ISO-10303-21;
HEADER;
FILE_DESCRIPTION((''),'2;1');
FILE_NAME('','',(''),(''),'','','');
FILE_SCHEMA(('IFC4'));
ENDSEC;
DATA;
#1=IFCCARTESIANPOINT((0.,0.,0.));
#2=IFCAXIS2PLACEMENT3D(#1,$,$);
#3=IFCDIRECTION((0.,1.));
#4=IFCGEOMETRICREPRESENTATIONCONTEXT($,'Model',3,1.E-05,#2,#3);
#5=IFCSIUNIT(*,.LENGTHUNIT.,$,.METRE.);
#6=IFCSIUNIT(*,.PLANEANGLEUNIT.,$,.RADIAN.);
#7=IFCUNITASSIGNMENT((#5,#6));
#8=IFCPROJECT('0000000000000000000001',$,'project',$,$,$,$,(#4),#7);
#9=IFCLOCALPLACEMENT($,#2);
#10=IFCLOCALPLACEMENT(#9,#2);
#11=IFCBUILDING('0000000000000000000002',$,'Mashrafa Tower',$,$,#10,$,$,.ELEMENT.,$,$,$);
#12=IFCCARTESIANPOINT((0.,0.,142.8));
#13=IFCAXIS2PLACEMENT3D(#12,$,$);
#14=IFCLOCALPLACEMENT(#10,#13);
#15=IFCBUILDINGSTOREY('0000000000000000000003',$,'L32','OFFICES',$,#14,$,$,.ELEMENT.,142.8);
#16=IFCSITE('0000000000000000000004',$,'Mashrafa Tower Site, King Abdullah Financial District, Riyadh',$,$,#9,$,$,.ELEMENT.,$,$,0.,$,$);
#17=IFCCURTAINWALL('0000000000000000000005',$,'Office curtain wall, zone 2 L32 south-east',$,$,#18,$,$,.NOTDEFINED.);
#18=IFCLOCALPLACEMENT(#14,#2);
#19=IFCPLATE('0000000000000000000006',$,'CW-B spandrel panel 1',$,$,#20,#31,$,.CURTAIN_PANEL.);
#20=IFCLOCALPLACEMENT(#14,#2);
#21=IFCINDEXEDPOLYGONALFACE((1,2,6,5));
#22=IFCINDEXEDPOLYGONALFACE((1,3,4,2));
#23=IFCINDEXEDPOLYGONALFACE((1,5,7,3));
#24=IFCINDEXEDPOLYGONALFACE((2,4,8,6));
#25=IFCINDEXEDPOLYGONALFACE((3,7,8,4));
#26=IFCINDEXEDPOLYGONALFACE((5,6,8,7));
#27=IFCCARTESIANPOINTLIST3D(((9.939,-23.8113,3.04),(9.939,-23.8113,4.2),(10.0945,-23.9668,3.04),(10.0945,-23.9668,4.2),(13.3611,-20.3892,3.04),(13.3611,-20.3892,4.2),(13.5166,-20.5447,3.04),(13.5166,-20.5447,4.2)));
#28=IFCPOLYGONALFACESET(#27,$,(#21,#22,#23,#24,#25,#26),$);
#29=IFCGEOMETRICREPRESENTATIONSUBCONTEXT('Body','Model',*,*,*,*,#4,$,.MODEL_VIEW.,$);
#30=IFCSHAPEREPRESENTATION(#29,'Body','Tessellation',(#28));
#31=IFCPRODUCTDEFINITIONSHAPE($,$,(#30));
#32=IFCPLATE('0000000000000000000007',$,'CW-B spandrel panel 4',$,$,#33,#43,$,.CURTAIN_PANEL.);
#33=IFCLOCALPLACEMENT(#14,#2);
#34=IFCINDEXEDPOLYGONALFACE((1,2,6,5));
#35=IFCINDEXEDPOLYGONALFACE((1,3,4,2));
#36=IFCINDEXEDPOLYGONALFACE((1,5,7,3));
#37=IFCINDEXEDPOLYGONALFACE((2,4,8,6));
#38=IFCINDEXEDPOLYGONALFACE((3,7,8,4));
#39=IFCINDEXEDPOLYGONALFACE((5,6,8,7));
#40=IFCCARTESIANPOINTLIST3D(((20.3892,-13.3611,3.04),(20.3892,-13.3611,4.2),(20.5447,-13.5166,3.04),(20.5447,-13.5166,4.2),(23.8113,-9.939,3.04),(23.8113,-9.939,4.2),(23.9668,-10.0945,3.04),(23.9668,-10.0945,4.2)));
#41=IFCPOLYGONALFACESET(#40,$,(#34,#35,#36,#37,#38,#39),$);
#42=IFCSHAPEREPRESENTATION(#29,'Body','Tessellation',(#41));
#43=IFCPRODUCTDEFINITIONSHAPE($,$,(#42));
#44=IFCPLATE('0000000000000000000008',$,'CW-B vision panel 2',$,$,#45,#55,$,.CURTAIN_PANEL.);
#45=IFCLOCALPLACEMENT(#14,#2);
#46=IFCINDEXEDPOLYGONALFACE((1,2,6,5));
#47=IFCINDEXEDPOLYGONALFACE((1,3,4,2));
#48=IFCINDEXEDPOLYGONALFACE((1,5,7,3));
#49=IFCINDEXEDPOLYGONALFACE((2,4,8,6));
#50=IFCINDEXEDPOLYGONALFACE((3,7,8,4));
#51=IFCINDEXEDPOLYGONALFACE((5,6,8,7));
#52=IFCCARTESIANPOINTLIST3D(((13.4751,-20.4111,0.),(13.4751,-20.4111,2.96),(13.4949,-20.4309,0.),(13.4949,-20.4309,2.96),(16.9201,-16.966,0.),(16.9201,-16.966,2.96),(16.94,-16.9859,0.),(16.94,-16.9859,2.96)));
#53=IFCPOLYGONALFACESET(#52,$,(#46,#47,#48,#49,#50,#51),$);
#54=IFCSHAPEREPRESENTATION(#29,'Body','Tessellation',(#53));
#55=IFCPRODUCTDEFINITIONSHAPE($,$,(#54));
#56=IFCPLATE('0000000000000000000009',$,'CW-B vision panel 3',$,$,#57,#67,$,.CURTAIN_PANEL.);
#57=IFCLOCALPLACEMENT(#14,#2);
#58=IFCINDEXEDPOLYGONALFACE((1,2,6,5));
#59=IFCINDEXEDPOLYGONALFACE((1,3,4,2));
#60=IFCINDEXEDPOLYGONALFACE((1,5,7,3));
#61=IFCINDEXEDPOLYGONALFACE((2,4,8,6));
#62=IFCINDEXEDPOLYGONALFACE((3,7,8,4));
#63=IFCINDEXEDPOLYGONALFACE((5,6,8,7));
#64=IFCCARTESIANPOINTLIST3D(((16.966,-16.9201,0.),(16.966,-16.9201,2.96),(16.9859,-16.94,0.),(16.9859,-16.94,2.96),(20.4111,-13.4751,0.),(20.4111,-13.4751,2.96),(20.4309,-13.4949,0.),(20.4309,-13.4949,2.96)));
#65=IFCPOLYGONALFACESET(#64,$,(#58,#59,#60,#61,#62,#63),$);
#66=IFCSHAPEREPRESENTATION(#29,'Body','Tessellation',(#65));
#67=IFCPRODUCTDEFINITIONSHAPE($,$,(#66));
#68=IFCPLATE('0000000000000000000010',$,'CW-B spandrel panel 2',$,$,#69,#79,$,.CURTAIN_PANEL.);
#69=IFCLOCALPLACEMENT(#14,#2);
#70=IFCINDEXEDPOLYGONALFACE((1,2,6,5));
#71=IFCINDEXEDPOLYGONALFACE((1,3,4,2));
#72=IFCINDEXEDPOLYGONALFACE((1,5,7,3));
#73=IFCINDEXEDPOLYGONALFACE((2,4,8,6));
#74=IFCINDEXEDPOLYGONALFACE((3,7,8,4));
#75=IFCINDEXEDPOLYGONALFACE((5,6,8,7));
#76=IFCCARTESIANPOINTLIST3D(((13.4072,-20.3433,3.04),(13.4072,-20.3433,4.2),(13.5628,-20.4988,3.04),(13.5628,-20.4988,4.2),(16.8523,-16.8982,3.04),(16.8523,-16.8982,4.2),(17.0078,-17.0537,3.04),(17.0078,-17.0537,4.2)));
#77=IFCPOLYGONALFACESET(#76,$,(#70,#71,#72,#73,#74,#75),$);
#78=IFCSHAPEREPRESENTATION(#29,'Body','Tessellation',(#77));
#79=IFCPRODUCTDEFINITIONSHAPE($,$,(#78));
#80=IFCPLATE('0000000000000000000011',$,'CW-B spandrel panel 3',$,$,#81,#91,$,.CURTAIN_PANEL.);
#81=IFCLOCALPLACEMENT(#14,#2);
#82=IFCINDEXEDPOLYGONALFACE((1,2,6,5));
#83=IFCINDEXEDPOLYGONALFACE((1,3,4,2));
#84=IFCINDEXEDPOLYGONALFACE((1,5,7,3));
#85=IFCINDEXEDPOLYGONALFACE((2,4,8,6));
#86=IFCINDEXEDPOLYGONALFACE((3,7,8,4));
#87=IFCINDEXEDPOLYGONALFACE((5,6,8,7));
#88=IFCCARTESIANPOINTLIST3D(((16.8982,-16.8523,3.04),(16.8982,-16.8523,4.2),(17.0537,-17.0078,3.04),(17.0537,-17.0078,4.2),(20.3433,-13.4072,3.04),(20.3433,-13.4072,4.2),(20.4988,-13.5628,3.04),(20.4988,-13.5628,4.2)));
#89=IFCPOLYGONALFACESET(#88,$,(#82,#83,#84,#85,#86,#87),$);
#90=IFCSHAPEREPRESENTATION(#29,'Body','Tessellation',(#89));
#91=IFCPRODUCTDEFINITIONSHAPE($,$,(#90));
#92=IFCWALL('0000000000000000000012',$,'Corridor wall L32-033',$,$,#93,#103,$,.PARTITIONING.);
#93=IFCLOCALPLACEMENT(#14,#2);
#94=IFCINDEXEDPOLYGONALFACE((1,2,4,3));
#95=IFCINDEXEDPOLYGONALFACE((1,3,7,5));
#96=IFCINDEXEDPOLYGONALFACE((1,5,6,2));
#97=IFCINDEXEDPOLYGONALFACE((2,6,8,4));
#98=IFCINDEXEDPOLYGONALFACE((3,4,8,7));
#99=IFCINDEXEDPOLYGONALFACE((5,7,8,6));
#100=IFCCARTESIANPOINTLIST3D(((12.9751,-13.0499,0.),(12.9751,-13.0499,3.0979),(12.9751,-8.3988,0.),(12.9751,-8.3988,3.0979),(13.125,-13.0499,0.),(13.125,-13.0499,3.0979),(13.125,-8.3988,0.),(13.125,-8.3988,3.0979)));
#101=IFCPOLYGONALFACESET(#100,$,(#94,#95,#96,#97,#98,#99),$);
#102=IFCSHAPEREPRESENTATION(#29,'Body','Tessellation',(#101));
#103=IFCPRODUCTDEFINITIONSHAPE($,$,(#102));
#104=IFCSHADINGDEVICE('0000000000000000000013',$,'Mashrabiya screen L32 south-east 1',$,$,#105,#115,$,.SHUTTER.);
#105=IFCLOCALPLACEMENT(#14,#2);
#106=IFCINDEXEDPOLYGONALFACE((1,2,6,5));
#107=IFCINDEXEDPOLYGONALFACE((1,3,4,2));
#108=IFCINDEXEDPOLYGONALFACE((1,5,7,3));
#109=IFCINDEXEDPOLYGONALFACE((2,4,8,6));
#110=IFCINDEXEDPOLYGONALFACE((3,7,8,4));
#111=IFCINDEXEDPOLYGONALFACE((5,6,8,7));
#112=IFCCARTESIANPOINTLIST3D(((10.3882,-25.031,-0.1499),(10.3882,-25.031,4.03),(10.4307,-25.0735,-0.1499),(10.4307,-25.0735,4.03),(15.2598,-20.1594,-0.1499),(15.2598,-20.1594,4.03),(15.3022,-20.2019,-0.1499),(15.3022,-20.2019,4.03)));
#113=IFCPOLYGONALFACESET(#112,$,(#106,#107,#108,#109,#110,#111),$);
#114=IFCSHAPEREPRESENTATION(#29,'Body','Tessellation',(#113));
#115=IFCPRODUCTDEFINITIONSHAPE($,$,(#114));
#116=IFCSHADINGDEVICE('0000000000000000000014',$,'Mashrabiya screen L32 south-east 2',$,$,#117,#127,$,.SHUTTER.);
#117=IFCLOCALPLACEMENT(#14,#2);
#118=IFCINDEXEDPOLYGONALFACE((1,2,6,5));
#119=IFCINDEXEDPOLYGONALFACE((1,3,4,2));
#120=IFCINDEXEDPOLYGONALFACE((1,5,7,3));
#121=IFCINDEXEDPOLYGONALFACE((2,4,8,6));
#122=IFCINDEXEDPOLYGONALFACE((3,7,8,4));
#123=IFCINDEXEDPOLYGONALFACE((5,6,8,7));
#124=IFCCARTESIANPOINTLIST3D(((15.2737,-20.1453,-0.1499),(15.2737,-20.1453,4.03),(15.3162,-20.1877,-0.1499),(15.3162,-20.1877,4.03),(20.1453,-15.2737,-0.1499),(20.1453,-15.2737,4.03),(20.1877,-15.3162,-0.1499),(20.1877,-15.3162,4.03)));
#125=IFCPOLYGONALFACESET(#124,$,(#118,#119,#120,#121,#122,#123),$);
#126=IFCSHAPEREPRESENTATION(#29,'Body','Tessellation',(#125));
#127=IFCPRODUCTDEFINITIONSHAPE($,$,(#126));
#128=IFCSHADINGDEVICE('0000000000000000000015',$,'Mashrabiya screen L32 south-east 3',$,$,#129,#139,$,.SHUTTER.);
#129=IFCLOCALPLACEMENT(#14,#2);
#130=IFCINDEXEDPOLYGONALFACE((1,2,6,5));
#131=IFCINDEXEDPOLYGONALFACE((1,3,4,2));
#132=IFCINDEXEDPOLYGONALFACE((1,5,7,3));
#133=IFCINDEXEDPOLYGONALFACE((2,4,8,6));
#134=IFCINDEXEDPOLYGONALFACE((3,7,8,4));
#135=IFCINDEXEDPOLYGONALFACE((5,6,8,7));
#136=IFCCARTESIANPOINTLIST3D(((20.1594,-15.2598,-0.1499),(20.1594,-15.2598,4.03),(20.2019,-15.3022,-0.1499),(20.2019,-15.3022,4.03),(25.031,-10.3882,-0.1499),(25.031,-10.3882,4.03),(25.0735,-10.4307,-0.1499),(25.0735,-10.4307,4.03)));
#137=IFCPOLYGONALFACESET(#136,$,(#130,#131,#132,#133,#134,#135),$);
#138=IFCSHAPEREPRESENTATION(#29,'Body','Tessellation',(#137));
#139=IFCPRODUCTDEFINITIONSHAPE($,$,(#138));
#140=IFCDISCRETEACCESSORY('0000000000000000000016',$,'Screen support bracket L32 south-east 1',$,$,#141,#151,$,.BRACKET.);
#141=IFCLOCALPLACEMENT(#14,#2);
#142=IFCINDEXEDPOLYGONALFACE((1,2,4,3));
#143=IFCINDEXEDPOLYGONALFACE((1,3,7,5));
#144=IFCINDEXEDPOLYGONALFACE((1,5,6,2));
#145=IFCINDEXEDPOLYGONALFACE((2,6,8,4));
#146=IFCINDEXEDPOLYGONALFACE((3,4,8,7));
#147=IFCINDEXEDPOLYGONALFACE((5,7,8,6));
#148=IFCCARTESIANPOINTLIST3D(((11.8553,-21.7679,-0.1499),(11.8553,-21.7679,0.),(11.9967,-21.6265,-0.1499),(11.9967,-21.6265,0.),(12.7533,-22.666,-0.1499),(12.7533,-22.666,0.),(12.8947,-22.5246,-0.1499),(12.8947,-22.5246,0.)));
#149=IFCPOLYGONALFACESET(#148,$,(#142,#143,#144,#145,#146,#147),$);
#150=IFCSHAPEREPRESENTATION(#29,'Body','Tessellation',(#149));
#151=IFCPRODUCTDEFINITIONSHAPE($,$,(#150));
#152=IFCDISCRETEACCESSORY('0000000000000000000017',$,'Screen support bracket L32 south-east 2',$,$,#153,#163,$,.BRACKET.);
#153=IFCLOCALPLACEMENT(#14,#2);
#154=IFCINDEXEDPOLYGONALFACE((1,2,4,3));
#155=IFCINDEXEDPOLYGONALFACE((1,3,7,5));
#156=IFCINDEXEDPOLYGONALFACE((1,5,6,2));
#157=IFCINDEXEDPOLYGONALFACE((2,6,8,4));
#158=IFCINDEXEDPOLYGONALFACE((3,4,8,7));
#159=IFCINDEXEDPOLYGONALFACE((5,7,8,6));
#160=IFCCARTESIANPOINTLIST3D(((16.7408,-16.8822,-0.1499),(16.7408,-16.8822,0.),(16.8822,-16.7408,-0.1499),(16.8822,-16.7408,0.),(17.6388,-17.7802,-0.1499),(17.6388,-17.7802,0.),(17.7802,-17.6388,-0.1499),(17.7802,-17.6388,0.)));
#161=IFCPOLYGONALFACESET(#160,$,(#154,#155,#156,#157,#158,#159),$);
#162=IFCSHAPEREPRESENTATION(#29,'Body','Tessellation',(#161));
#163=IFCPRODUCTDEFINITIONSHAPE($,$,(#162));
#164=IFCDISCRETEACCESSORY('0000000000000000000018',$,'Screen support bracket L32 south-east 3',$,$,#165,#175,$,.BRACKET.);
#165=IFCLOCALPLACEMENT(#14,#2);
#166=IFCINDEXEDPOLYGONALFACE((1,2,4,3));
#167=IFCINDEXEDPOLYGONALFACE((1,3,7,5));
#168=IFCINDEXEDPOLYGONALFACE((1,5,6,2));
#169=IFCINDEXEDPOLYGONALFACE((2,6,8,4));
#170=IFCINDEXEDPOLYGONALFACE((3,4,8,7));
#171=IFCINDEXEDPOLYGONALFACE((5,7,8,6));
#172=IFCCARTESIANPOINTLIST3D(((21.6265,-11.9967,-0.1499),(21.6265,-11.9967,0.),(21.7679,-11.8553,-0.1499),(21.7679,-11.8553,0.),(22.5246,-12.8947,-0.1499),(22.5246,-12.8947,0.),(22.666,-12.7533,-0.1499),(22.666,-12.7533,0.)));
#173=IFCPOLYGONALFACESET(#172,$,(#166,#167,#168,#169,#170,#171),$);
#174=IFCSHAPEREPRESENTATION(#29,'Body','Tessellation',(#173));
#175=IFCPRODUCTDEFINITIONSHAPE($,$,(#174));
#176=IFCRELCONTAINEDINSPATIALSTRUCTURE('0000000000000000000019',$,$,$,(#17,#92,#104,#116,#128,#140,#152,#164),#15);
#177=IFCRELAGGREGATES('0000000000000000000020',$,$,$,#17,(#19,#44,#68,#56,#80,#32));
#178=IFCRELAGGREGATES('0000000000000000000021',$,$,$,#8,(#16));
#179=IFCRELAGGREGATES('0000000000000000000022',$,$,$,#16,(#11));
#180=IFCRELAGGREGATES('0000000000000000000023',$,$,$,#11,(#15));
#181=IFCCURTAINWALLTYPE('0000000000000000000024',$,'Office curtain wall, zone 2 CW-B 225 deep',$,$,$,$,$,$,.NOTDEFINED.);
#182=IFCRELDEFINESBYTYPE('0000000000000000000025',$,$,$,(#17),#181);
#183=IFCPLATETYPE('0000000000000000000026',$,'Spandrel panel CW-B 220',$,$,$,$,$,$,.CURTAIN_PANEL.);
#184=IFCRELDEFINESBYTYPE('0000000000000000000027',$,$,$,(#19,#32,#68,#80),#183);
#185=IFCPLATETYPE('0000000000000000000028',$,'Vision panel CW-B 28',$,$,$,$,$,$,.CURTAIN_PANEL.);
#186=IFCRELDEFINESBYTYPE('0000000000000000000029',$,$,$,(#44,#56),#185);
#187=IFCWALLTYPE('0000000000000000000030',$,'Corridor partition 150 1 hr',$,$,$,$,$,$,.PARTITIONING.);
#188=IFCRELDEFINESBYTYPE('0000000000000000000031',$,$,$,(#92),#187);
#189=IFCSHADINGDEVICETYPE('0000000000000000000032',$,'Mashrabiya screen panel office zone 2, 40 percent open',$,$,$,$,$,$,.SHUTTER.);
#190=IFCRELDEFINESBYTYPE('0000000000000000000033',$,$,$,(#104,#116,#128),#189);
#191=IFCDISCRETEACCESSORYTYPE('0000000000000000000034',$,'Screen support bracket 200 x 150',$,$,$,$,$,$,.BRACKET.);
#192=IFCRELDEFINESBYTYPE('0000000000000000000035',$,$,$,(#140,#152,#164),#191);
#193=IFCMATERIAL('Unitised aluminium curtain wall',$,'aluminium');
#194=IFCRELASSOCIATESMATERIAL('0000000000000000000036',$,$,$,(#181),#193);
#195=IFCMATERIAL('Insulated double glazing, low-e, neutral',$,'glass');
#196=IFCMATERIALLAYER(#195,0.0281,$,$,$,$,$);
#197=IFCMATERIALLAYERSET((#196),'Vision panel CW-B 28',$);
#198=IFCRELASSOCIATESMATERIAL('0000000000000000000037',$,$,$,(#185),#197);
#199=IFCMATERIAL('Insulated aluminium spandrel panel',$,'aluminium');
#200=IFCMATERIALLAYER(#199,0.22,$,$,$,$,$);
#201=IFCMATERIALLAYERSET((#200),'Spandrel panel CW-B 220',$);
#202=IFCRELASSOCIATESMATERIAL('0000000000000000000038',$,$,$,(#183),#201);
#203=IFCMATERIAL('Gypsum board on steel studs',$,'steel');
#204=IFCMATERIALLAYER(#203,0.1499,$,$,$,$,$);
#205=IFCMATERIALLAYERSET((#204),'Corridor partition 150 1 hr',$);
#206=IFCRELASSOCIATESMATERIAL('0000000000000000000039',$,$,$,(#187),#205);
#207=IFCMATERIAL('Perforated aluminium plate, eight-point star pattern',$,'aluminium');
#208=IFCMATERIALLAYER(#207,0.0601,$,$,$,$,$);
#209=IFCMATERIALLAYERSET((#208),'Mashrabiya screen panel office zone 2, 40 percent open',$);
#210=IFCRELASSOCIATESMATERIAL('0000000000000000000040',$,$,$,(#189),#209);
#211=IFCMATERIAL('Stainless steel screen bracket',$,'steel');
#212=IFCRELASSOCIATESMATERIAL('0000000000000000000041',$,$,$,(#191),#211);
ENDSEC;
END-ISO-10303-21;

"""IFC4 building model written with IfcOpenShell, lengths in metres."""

from ifc_helpers import new_model, si_unit, direction, frame, frame_2d, origin, origin_2d, place, context, subcontext, project, spatial, rectangle, extrude, source, transform, mapped, material, layer, layer_set, type_object, type_shapes, element, aggregate, save


model = new_model("IFC4")

# Units and contexts
model_context = context("Model", 3, precision=1e-05, world=origin(), true_north=direction((0.0, 1.0)))
body_context = subcontext(model_context, "Body", "Model", "MODEL_VIEW")
ifc_project = project(units=[si_unit("LENGTHUNIT", "METRE"), si_unit("PLANEANGLEUNIT", "RADIAN")], contexts=[model_context])

# Site, building, storey
site_placement = place(None, origin())
site = spatial("IfcSite", under=ifc_project, at=site_placement, Name="Mashrafa Tower Site, King Abdullah Financial District, Riyadh", CompositionType="ELEMENT", RefElevation=0.0)
building_placement = place(site_placement, origin())
building = spatial("IfcBuilding", under=site, at=building_placement, Name="Mashrafa Tower", CompositionType="ELEMENT")
storey_placement = place(building_placement, frame((0.0, 0.0, 142.8)))
storey = spatial("IfcBuildingStorey", under=building, at=storey_placement, Name="L32", Description="OFFICES", CompositionType="ELEMENT", Elevation=142.8)

# Curtain wall, plates
ifc_material_1 = material(Name="Unitised aluminium curtain wall", Category="aluminium")
curtain_wall_type = type_object("IfcCurtainWallType", Name="Office curtain wall, zone 2 CW-B 225 deep", PredefinedType="NOTDEFINED", material=ifc_material_1)
curtain_wall_placement = place(storey_placement, origin())
curtain_wall = element("IfcCurtainWall", 1, at=curtain_wall_placement, inside=storey, type_object=curtain_wall_type, Name="Office curtain wall, zone 2 L32 south-east", PredefinedType="NOTDEFINED")
ifc_material_2 = material(Name="Insulated double glazing, low-e, neutral", Category="glass")
ifc_layer_1 = layer(ifc_material_2, 0.0281)
ifc_layer_set_1 = layer_set([ifc_layer_1], Name="Vision panel CW-B 28")
plate_type_1 = type_object("IfcPlateType", Name="Vision panel CW-B 28", PredefinedType="CURTAIN_PANEL", material=ifc_layer_set_1)
ifc_material_3 = material(Name="Insulated aluminium spandrel panel", Category="aluminium")
ifc_layer_2 = layer(ifc_material_3, 0.22)
ifc_layer_set_2 = layer_set([ifc_layer_2], Name="Spandrel panel CW-B 220")
plate_type_2 = type_object("IfcPlateType", Name="Spandrel panel CW-B 220", PredefinedType="CURTAIN_PANEL", material=ifc_layer_set_2)
shared_shape_1 = source(origin(), body_context, "Body", "SweptSolid", [
    extrude(rectangle(XDim=4.8396, YDim=0.22, at=origin_2d()), origin(), (0.0, 0.0, 1.0), 1.1599),
])
plate_1_placement = place(storey_placement, frame((11.7278, -22.178, 3.04), z_axis=(0.0, 0.0, 1.0), x_axis=(0.707107, 0.707107, 0.0)))
plate_1 = element("IfcPlate", 2, at=plate_1_placement, type_object=plate_type_2, Name="CW-B spandrel panel 1", PredefinedType="CURTAIN_PANEL", context=body_context, shape_type="MappedRepresentation", body=[
    mapped(shared_shape_1, transform((0.0, 0.0, 0.0))),
])
plate_2_placement = place(storey_placement, frame((22.178, -11.7278, 3.04), z_axis=(0.0, 0.0, 1.0), x_axis=(0.707107, 0.707107, 0.0)))
plate_2 = element("IfcPlate", 3, at=plate_2_placement, type_object=plate_type_2, Name="CW-B spandrel panel 4", PredefinedType="CURTAIN_PANEL", context=body_context, shape_type="MappedRepresentation", body=[
    mapped(shared_shape_1, transform((0.0, 0.0, 0.0))),
])
shared_shape_2 = source(origin(), body_context, "Body", "SweptSolid", [
    extrude(rectangle(XDim=4.8721, YDim=0.0281, at=origin_2d()), origin(), (0.0, 0.0, 1.0), 2.96),
])
plate_3_placement = place(storey_placement, frame((15.2075, -18.6985, 0.0), z_axis=(0.0, 0.0, 1.0), x_axis=(0.707107, 0.707107, 0.0)))
plate_3 = element("IfcPlate", 4, at=plate_3_placement, type_object=plate_type_1, Name="CW-B vision panel 2", PredefinedType="CURTAIN_PANEL", context=body_context, shape_type="MappedRepresentation", body=[
    mapped(shared_shape_2, transform((0.0, 0.0, 0.0))),
])
plate_4_placement = place(storey_placement, frame((18.6985, -15.2075, 0.0), z_axis=(0.0, 0.0, 1.0), x_axis=(0.707107, 0.707107, 0.0)))
plate_4 = element("IfcPlate", 5, at=plate_4_placement, type_object=plate_type_1, Name="CW-B vision panel 3", PredefinedType="CURTAIN_PANEL", context=body_context, shape_type="MappedRepresentation", body=[
    mapped(shared_shape_2, transform((0.0, 0.0, 0.0))),
])
shared_shape_3 = source(origin(), body_context, "Body", "SweptSolid", [
    extrude(rectangle(XDim=4.8721, YDim=0.22, at=origin_2d()), origin(), (0.0, 0.0, 1.0), 1.1599),
])
type_shapes(plate_type_2, [shared_shape_1, shared_shape_3])
plate_5_placement = place(storey_placement, frame((15.2075, -18.6985, 3.04), z_axis=(0.0, 0.0, 1.0), x_axis=(0.707107, 0.707107, 0.0)))
plate_5 = element("IfcPlate", 6, at=plate_5_placement, type_object=plate_type_2, Name="CW-B spandrel panel 2", PredefinedType="CURTAIN_PANEL", context=body_context, shape_type="MappedRepresentation", body=[
    mapped(shared_shape_3, transform((0.0, 0.0, 0.0))),
])
plate_6_placement = place(storey_placement, frame((18.6985, -15.2075, 3.04), z_axis=(0.0, 0.0, 1.0), x_axis=(0.707107, 0.707107, 0.0)))
plate_6 = element("IfcPlate", 7, at=plate_6_placement, type_object=plate_type_2, Name="CW-B spandrel panel 3", PredefinedType="CURTAIN_PANEL", context=body_context, shape_type="MappedRepresentation", body=[
    mapped(shared_shape_3, transform((0.0, 0.0, 0.0))),
])
aggregate(curtain_wall, [plate_1, plate_3, plate_5, plate_4, plate_6, plate_2])

# Wall
ifc_material_4 = material(Name="Gypsum board on steel studs", Category="steel")
ifc_layer_3 = layer(ifc_material_4, 0.1499)
ifc_layer_set_3 = layer_set([ifc_layer_3], Name="Corridor partition 150 1 hr")
wall_type = type_object("IfcWallType", Name="Corridor partition 150 1 hr", PredefinedType="PARTITIONING", material=ifc_layer_set_3)
wall_placement = place(storey_placement, frame((13.05, -13.05, 0.0), z_axis=(0.0, 0.0, 1.0), x_axis=(0.0, 1.0, 0.0)))
element("IfcWall", 8, at=wall_placement, inside=storey, type_object=wall_type, Name="Corridor wall L32-033", PredefinedType="PARTITIONING", context=body_context, shape_type="SweptSolid", body=[
    extrude(rectangle(XDim=4.6511, YDim=0.1499, at=frame_2d((2.3257, 0.0))), origin(), (0.0, 0.0, 1.0), 3.0979),
])

# Shading devices
ifc_material_5 = material(Name="Perforated aluminium plate, eight-point star pattern", Category="aluminium")
ifc_layer_4 = layer(ifc_material_5, 0.0601)
ifc_layer_set_4 = layer_set([ifc_layer_4], Name="Mashrabiya screen panel office zone 2, 40 percent open")
shading_device_type = type_object("IfcShadingDeviceType", Name="Mashrabiya screen panel office zone 2, 40 percent open", PredefinedType="SHUTTER", material=ifc_layer_set_4)
shared_shape_4 = source(origin(), body_context, "Body", "SweptSolid", [
    extrude(rectangle(XDim=6.8894, YDim=0.0601, at=origin_2d()), origin(), (0.0, 0.0, 1.0), 4.1799),
])
type_shapes(shading_device_type, [shared_shape_4])
for number, where, z_axis, x_axis, name in (
    (9, (12.8452, -22.6165, -0.1499), (0.0, 0.0, 1.0), (0.707107, 0.707107, 0.0), "Mashrabiya screen L32 south-east 1"),
    (10, (17.7307, -17.7307, -0.1499), (0.0, 0.0, 1.0), (0.707107, 0.707107, 0.0), "Mashrabiya screen L32 south-east 2"),
    (11, (22.6165, -12.8452, -0.1499), (0.0, 0.0, 1.0), (0.707107, 0.707107, 0.0), "Mashrabiya screen L32 south-east 3"),
):
    element("IfcShadingDevice", number, at=place(storey_placement, frame(where, z_axis=z_axis, x_axis=x_axis)), inside=storey, type_object=shading_device_type, Name=name, PredefinedType="SHUTTER", context=body_context, shape_type="MappedRepresentation", body=[
        mapped(shared_shape_4, transform((0.0, 0.0, 0.0))),
    ])

# Discrete accessories
ifc_material_6 = material(Name="Stainless steel screen bracket", Category="steel")
discrete_accessory_type = type_object("IfcDiscreteAccessoryType", Name="Screen support bracket 200 x 150", PredefinedType="BRACKET", material=ifc_material_6)
shared_shape_5 = source(origin(), body_context, "Body", "SweptSolid", [
    extrude(rectangle(XDim=0.2, YDim=1.27, at=origin_2d()), origin(), (0.0, 0.0, 1.0), 0.1499),
])
type_shapes(discrete_accessory_type, [shared_shape_5])
for number, where, z_axis, x_axis, name in (
    (12, (12.375, -22.1462, -0.1499), (0.0, 0.0, 1.0), (0.707107, 0.707107, 0.0), "Screen support bracket L32 south-east 1"),
    (13, (17.2605, -17.2605, -0.1499), (0.0, 0.0, 1.0), (0.707107, 0.707107, 0.0), "Screen support bracket L32 south-east 2"),
    (14, (22.1462, -12.375, -0.1499), (0.0, 0.0, 1.0), (0.707107, 0.707107, 0.0), "Screen support bracket L32 south-east 3"),
):
    element("IfcDiscreteAccessory", number, at=place(storey_placement, frame(where, z_axis=z_axis, x_axis=x_axis)), inside=storey, type_object=discrete_accessory_type, Name=name, PredefinedType="BRACKET", context=body_context, shape_type="MappedRepresentation", body=[
        mapped(shared_shape_5, transform((0.0, 0.0, 0.0))),
    ])

save(model, "model.ifc")
